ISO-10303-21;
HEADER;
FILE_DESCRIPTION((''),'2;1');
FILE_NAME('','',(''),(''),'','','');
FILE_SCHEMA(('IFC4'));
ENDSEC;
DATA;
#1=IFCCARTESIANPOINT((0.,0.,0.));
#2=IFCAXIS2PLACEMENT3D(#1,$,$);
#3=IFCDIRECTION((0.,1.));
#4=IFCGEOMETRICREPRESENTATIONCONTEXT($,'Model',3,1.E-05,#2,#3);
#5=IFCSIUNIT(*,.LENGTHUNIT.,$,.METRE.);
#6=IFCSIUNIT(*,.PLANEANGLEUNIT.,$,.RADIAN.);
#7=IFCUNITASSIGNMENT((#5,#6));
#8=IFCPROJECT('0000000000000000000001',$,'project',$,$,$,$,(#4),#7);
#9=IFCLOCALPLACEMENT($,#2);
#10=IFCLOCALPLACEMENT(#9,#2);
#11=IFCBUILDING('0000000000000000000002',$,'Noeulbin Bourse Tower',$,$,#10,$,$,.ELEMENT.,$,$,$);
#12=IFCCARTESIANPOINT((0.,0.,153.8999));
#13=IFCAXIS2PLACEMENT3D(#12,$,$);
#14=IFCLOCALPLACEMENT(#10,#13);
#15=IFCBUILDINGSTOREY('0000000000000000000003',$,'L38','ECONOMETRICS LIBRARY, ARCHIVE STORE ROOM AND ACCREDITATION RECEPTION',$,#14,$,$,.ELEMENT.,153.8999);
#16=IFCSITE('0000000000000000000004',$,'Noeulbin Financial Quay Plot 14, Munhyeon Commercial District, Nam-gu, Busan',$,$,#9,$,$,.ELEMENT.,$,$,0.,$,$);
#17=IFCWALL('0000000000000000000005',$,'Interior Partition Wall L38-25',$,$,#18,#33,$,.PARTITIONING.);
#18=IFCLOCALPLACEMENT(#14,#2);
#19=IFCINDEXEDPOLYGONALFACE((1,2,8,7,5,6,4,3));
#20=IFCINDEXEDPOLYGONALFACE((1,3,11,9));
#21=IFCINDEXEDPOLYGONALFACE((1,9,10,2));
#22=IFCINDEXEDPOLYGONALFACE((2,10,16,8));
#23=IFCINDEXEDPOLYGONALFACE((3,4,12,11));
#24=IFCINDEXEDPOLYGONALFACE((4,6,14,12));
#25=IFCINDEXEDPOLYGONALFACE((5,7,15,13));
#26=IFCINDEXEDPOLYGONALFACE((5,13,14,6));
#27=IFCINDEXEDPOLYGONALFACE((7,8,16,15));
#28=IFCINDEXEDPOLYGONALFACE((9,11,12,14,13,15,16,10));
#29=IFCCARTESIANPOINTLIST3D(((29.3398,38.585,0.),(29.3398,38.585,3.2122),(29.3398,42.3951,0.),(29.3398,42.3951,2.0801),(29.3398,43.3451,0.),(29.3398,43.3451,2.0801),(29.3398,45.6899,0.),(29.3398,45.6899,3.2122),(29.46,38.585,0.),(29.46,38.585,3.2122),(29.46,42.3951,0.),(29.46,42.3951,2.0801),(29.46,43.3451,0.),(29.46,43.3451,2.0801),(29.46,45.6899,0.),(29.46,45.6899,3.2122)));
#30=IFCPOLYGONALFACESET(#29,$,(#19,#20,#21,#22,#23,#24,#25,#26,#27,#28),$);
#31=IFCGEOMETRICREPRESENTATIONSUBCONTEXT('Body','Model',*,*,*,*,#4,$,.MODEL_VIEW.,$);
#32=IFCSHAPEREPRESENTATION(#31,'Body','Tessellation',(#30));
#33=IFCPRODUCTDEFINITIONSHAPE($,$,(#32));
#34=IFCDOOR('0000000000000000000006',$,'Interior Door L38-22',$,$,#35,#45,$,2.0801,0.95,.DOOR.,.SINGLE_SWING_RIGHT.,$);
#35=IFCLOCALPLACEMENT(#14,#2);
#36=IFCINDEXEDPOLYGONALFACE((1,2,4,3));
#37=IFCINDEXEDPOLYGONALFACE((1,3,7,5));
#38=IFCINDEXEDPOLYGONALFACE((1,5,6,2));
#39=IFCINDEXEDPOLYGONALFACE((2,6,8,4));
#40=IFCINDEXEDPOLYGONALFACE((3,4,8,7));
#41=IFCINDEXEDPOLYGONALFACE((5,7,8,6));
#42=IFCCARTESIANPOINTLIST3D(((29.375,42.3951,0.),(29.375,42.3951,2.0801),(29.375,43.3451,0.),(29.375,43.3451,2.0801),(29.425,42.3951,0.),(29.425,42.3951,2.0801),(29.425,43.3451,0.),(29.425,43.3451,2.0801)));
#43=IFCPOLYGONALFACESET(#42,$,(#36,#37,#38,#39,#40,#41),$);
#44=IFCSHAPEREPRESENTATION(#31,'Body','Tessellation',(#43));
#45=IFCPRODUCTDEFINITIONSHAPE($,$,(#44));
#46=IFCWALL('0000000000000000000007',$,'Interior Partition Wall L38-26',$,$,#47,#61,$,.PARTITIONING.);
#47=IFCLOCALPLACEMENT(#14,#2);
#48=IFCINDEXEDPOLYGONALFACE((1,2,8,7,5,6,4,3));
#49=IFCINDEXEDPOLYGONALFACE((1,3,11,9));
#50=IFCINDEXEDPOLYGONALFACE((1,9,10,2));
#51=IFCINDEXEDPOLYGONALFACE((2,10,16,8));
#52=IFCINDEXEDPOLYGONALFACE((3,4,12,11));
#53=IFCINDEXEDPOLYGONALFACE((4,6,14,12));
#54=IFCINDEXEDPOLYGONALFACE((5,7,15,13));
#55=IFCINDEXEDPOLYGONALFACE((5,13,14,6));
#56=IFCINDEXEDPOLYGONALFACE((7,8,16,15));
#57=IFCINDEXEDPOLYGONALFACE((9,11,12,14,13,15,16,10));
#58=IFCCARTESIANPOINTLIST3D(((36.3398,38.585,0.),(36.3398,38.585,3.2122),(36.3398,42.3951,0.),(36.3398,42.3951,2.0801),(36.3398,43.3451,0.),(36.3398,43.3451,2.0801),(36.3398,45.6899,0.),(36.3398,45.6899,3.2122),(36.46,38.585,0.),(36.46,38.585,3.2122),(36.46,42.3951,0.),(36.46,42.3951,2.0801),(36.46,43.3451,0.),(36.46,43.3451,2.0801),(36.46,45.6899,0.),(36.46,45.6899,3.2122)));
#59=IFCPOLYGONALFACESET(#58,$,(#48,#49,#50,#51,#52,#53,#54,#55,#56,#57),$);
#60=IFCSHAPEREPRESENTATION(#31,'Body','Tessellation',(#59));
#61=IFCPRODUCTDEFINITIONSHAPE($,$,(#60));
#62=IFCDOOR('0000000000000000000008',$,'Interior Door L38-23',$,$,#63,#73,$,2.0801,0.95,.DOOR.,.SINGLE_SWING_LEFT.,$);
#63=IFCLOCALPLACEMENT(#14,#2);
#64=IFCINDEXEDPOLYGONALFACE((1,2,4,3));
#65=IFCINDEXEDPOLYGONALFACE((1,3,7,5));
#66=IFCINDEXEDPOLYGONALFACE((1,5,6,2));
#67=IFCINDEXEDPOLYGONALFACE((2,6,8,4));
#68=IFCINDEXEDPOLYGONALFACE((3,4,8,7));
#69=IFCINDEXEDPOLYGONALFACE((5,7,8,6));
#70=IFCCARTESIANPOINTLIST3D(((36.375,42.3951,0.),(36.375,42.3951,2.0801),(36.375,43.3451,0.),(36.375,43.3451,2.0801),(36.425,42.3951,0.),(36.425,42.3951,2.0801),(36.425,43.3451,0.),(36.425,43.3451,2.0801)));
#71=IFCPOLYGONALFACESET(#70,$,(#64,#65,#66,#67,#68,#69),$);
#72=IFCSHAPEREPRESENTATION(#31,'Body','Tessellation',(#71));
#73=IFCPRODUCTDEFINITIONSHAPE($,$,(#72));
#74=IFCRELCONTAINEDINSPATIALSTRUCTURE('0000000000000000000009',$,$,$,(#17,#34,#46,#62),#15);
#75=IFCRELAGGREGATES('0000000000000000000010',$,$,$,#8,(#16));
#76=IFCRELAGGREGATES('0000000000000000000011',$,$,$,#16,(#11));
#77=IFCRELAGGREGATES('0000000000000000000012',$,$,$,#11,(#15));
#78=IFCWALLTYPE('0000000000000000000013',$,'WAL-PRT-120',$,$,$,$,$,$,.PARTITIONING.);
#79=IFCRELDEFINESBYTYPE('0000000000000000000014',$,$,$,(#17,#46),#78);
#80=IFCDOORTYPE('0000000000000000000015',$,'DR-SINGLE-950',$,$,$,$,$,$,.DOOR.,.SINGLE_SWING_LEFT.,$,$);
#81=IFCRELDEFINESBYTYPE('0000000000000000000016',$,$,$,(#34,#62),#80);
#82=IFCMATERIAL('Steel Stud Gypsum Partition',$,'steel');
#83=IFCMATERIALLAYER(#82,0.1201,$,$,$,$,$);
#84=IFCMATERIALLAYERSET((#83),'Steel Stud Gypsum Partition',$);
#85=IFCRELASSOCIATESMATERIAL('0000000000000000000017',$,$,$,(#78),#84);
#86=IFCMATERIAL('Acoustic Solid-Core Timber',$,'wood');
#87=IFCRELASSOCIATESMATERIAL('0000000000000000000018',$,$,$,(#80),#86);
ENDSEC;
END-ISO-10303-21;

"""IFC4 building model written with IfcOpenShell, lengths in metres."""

from ifc_helpers import new_model, si_unit, direction, frame, frame_2d, origin, place, context, subcontext, project, spatial, rectangle, extrude, material, layer, layer_set, type_object, element, fill, save


model = new_model("IFC4")

# Units and contexts
model_context = context("Model", 3, precision=1e-05, world=origin(), true_north=direction((0.0, 1.0)))
body_context = subcontext(model_context, "Body", "Model", "MODEL_VIEW")
ifc_project = project(units=[si_unit("LENGTHUNIT", "METRE"), si_unit("PLANEANGLEUNIT", "RADIAN")], contexts=[model_context])

# Site, building, storey
site_placement = place(None, origin())
site = spatial("IfcSite", under=ifc_project, at=site_placement, Name="Noeulbin Financial Quay Plot 14, Munhyeon Commercial District, Nam-gu, Busan", CompositionType="ELEMENT", RefElevation=0.0)
building_placement = place(site_placement, origin())
building = spatial("IfcBuilding", under=site, at=building_placement, Name="Noeulbin Bourse Tower", CompositionType="ELEMENT")
storey_placement = place(building_placement, frame((0.0, 0.0, 153.8999)))
storey = spatial("IfcBuildingStorey", under=building, at=storey_placement, Name="L38", Description="ECONOMETRICS LIBRARY, ARCHIVE STORE ROOM AND ACCREDITATION RECEPTION", CompositionType="ELEMENT", Elevation=153.8999)

# Walls, openings, doors
ifc_material_1 = material(Name="Steel Stud Gypsum Partition", Category="steel")
ifc_layer_1 = layer(ifc_material_1, 0.1201)
ifc_layer_set_1 = layer_set([ifc_layer_1], Name="Steel Stud Gypsum Partition")
wall_type = type_object("IfcWallType", Name="WAL-PRT-120", PredefinedType="PARTITIONING", material=ifc_layer_set_1)
wall_1_placement = place(storey_placement, frame((29.3999, 38.585, 0.0), z_axis=(0.0, 0.0, 1.0), x_axis=(0.0, 1.0, 0.0)))
wall_1 = element("IfcWall", 1, at=wall_1_placement, inside=storey, type_object=wall_type, Name="Interior Partition Wall L38-25", PredefinedType="PARTITIONING", context=body_context, shape_type="SweptSolid", body=[
    extrude(rectangle(XDim=7.105, YDim=0.1201, at=frame_2d((3.5525, 0.0))), origin(), (0.0, 0.0, 1.0), 3.2122),
])
opening_1_placement = place(wall_1_placement, frame((3.8101, 0.0, 0.0)))
opening_1 = element("IfcOpeningElement", 2, at=opening_1_placement, cuts=wall_1, PredefinedType="OPENING", context=body_context, shape_type="SweptSolid", body=[
    extrude(rectangle(XDim=0.95, YDim=2.0801, at=frame_2d((0.4751, 1.04))), frame((0.0, 0.0701, 0.0), z_axis=(0.0, -1.0, 0.0), x_axis=(1.0, 0.0, 0.0)), (0.0, 0.0, 1.0), 0.1401),
])
ifc_material_2 = material(Name="Acoustic Solid-Core Timber", Category="wood")
door_type = type_object("IfcDoorType", Name="DR-SINGLE-950", OperationType="SINGLE_SWING_LEFT", PredefinedType="DOOR", material=ifc_material_2)
door_1_placement = place(opening_1_placement, origin())
door_1 = element("IfcDoor", 3, at=door_1_placement, inside=storey, type_object=door_type, Name="Interior Door L38-22", OperationType="SINGLE_SWING_RIGHT", OverallHeight=2.0801, OverallWidth=0.95, PredefinedType="DOOR", context=body_context, shape_type="SweptSolid", body=[
    extrude(rectangle(XDim=0.95, YDim=2.0801, at=frame_2d((0.4751, 1.04))), frame((0.0, 0.0249, 0.0), z_axis=(0.0, -1.0, 0.0), x_axis=(1.0, 0.0, 0.0)), (0.0, 0.0, 1.0), 0.05),
])
fill(opening_1, door_1)
wall_2_placement = place(storey_placement, frame((36.3999, 38.585, 0.0), z_axis=(0.0, 0.0, 1.0), x_axis=(0.0, 1.0, 0.0)))
wall_2 = element("IfcWall", 4, at=wall_2_placement, inside=storey, type_object=wall_type, Name="Interior Partition Wall L38-26", PredefinedType="PARTITIONING", context=body_context, shape_type="SweptSolid", body=[
    extrude(rectangle(XDim=7.105, YDim=0.1201, at=frame_2d((3.5525, 0.0))), origin(), (0.0, 0.0, 1.0), 3.2122),
])
opening_2_placement = place(wall_2_placement, frame((3.8101, 0.0, 0.0)))
opening_2 = element("IfcOpeningElement", 5, at=opening_2_placement, cuts=wall_2, PredefinedType="OPENING", context=body_context, shape_type="SweptSolid", body=[
    extrude(rectangle(XDim=0.95, YDim=2.0801, at=frame_2d((0.4751, 1.04))), frame((0.0, 0.0701, 0.0), z_axis=(0.0, -1.0, 0.0), x_axis=(1.0, 0.0, 0.0)), (0.0, 0.0, 1.0), 0.1401),
])
door_2_placement = place(opening_2_placement, origin())
door_2 = element("IfcDoor", 6, at=door_2_placement, inside=storey, type_object=door_type, Name="Interior Door L38-23", OperationType="SINGLE_SWING_LEFT", OverallHeight=2.0801, OverallWidth=0.95, PredefinedType="DOOR", context=body_context, shape_type="SweptSolid", body=[
    extrude(rectangle(XDim=0.95, YDim=2.0801, at=frame_2d((0.4751, 1.04))), frame((0.0, 0.0249, 0.0), z_axis=(0.0, -1.0, 0.0), x_axis=(1.0, 0.0, 0.0)), (0.0, 0.0, 1.0), 0.05),
])
fill(opening_2, door_2)

save(model, "model.ifc")
